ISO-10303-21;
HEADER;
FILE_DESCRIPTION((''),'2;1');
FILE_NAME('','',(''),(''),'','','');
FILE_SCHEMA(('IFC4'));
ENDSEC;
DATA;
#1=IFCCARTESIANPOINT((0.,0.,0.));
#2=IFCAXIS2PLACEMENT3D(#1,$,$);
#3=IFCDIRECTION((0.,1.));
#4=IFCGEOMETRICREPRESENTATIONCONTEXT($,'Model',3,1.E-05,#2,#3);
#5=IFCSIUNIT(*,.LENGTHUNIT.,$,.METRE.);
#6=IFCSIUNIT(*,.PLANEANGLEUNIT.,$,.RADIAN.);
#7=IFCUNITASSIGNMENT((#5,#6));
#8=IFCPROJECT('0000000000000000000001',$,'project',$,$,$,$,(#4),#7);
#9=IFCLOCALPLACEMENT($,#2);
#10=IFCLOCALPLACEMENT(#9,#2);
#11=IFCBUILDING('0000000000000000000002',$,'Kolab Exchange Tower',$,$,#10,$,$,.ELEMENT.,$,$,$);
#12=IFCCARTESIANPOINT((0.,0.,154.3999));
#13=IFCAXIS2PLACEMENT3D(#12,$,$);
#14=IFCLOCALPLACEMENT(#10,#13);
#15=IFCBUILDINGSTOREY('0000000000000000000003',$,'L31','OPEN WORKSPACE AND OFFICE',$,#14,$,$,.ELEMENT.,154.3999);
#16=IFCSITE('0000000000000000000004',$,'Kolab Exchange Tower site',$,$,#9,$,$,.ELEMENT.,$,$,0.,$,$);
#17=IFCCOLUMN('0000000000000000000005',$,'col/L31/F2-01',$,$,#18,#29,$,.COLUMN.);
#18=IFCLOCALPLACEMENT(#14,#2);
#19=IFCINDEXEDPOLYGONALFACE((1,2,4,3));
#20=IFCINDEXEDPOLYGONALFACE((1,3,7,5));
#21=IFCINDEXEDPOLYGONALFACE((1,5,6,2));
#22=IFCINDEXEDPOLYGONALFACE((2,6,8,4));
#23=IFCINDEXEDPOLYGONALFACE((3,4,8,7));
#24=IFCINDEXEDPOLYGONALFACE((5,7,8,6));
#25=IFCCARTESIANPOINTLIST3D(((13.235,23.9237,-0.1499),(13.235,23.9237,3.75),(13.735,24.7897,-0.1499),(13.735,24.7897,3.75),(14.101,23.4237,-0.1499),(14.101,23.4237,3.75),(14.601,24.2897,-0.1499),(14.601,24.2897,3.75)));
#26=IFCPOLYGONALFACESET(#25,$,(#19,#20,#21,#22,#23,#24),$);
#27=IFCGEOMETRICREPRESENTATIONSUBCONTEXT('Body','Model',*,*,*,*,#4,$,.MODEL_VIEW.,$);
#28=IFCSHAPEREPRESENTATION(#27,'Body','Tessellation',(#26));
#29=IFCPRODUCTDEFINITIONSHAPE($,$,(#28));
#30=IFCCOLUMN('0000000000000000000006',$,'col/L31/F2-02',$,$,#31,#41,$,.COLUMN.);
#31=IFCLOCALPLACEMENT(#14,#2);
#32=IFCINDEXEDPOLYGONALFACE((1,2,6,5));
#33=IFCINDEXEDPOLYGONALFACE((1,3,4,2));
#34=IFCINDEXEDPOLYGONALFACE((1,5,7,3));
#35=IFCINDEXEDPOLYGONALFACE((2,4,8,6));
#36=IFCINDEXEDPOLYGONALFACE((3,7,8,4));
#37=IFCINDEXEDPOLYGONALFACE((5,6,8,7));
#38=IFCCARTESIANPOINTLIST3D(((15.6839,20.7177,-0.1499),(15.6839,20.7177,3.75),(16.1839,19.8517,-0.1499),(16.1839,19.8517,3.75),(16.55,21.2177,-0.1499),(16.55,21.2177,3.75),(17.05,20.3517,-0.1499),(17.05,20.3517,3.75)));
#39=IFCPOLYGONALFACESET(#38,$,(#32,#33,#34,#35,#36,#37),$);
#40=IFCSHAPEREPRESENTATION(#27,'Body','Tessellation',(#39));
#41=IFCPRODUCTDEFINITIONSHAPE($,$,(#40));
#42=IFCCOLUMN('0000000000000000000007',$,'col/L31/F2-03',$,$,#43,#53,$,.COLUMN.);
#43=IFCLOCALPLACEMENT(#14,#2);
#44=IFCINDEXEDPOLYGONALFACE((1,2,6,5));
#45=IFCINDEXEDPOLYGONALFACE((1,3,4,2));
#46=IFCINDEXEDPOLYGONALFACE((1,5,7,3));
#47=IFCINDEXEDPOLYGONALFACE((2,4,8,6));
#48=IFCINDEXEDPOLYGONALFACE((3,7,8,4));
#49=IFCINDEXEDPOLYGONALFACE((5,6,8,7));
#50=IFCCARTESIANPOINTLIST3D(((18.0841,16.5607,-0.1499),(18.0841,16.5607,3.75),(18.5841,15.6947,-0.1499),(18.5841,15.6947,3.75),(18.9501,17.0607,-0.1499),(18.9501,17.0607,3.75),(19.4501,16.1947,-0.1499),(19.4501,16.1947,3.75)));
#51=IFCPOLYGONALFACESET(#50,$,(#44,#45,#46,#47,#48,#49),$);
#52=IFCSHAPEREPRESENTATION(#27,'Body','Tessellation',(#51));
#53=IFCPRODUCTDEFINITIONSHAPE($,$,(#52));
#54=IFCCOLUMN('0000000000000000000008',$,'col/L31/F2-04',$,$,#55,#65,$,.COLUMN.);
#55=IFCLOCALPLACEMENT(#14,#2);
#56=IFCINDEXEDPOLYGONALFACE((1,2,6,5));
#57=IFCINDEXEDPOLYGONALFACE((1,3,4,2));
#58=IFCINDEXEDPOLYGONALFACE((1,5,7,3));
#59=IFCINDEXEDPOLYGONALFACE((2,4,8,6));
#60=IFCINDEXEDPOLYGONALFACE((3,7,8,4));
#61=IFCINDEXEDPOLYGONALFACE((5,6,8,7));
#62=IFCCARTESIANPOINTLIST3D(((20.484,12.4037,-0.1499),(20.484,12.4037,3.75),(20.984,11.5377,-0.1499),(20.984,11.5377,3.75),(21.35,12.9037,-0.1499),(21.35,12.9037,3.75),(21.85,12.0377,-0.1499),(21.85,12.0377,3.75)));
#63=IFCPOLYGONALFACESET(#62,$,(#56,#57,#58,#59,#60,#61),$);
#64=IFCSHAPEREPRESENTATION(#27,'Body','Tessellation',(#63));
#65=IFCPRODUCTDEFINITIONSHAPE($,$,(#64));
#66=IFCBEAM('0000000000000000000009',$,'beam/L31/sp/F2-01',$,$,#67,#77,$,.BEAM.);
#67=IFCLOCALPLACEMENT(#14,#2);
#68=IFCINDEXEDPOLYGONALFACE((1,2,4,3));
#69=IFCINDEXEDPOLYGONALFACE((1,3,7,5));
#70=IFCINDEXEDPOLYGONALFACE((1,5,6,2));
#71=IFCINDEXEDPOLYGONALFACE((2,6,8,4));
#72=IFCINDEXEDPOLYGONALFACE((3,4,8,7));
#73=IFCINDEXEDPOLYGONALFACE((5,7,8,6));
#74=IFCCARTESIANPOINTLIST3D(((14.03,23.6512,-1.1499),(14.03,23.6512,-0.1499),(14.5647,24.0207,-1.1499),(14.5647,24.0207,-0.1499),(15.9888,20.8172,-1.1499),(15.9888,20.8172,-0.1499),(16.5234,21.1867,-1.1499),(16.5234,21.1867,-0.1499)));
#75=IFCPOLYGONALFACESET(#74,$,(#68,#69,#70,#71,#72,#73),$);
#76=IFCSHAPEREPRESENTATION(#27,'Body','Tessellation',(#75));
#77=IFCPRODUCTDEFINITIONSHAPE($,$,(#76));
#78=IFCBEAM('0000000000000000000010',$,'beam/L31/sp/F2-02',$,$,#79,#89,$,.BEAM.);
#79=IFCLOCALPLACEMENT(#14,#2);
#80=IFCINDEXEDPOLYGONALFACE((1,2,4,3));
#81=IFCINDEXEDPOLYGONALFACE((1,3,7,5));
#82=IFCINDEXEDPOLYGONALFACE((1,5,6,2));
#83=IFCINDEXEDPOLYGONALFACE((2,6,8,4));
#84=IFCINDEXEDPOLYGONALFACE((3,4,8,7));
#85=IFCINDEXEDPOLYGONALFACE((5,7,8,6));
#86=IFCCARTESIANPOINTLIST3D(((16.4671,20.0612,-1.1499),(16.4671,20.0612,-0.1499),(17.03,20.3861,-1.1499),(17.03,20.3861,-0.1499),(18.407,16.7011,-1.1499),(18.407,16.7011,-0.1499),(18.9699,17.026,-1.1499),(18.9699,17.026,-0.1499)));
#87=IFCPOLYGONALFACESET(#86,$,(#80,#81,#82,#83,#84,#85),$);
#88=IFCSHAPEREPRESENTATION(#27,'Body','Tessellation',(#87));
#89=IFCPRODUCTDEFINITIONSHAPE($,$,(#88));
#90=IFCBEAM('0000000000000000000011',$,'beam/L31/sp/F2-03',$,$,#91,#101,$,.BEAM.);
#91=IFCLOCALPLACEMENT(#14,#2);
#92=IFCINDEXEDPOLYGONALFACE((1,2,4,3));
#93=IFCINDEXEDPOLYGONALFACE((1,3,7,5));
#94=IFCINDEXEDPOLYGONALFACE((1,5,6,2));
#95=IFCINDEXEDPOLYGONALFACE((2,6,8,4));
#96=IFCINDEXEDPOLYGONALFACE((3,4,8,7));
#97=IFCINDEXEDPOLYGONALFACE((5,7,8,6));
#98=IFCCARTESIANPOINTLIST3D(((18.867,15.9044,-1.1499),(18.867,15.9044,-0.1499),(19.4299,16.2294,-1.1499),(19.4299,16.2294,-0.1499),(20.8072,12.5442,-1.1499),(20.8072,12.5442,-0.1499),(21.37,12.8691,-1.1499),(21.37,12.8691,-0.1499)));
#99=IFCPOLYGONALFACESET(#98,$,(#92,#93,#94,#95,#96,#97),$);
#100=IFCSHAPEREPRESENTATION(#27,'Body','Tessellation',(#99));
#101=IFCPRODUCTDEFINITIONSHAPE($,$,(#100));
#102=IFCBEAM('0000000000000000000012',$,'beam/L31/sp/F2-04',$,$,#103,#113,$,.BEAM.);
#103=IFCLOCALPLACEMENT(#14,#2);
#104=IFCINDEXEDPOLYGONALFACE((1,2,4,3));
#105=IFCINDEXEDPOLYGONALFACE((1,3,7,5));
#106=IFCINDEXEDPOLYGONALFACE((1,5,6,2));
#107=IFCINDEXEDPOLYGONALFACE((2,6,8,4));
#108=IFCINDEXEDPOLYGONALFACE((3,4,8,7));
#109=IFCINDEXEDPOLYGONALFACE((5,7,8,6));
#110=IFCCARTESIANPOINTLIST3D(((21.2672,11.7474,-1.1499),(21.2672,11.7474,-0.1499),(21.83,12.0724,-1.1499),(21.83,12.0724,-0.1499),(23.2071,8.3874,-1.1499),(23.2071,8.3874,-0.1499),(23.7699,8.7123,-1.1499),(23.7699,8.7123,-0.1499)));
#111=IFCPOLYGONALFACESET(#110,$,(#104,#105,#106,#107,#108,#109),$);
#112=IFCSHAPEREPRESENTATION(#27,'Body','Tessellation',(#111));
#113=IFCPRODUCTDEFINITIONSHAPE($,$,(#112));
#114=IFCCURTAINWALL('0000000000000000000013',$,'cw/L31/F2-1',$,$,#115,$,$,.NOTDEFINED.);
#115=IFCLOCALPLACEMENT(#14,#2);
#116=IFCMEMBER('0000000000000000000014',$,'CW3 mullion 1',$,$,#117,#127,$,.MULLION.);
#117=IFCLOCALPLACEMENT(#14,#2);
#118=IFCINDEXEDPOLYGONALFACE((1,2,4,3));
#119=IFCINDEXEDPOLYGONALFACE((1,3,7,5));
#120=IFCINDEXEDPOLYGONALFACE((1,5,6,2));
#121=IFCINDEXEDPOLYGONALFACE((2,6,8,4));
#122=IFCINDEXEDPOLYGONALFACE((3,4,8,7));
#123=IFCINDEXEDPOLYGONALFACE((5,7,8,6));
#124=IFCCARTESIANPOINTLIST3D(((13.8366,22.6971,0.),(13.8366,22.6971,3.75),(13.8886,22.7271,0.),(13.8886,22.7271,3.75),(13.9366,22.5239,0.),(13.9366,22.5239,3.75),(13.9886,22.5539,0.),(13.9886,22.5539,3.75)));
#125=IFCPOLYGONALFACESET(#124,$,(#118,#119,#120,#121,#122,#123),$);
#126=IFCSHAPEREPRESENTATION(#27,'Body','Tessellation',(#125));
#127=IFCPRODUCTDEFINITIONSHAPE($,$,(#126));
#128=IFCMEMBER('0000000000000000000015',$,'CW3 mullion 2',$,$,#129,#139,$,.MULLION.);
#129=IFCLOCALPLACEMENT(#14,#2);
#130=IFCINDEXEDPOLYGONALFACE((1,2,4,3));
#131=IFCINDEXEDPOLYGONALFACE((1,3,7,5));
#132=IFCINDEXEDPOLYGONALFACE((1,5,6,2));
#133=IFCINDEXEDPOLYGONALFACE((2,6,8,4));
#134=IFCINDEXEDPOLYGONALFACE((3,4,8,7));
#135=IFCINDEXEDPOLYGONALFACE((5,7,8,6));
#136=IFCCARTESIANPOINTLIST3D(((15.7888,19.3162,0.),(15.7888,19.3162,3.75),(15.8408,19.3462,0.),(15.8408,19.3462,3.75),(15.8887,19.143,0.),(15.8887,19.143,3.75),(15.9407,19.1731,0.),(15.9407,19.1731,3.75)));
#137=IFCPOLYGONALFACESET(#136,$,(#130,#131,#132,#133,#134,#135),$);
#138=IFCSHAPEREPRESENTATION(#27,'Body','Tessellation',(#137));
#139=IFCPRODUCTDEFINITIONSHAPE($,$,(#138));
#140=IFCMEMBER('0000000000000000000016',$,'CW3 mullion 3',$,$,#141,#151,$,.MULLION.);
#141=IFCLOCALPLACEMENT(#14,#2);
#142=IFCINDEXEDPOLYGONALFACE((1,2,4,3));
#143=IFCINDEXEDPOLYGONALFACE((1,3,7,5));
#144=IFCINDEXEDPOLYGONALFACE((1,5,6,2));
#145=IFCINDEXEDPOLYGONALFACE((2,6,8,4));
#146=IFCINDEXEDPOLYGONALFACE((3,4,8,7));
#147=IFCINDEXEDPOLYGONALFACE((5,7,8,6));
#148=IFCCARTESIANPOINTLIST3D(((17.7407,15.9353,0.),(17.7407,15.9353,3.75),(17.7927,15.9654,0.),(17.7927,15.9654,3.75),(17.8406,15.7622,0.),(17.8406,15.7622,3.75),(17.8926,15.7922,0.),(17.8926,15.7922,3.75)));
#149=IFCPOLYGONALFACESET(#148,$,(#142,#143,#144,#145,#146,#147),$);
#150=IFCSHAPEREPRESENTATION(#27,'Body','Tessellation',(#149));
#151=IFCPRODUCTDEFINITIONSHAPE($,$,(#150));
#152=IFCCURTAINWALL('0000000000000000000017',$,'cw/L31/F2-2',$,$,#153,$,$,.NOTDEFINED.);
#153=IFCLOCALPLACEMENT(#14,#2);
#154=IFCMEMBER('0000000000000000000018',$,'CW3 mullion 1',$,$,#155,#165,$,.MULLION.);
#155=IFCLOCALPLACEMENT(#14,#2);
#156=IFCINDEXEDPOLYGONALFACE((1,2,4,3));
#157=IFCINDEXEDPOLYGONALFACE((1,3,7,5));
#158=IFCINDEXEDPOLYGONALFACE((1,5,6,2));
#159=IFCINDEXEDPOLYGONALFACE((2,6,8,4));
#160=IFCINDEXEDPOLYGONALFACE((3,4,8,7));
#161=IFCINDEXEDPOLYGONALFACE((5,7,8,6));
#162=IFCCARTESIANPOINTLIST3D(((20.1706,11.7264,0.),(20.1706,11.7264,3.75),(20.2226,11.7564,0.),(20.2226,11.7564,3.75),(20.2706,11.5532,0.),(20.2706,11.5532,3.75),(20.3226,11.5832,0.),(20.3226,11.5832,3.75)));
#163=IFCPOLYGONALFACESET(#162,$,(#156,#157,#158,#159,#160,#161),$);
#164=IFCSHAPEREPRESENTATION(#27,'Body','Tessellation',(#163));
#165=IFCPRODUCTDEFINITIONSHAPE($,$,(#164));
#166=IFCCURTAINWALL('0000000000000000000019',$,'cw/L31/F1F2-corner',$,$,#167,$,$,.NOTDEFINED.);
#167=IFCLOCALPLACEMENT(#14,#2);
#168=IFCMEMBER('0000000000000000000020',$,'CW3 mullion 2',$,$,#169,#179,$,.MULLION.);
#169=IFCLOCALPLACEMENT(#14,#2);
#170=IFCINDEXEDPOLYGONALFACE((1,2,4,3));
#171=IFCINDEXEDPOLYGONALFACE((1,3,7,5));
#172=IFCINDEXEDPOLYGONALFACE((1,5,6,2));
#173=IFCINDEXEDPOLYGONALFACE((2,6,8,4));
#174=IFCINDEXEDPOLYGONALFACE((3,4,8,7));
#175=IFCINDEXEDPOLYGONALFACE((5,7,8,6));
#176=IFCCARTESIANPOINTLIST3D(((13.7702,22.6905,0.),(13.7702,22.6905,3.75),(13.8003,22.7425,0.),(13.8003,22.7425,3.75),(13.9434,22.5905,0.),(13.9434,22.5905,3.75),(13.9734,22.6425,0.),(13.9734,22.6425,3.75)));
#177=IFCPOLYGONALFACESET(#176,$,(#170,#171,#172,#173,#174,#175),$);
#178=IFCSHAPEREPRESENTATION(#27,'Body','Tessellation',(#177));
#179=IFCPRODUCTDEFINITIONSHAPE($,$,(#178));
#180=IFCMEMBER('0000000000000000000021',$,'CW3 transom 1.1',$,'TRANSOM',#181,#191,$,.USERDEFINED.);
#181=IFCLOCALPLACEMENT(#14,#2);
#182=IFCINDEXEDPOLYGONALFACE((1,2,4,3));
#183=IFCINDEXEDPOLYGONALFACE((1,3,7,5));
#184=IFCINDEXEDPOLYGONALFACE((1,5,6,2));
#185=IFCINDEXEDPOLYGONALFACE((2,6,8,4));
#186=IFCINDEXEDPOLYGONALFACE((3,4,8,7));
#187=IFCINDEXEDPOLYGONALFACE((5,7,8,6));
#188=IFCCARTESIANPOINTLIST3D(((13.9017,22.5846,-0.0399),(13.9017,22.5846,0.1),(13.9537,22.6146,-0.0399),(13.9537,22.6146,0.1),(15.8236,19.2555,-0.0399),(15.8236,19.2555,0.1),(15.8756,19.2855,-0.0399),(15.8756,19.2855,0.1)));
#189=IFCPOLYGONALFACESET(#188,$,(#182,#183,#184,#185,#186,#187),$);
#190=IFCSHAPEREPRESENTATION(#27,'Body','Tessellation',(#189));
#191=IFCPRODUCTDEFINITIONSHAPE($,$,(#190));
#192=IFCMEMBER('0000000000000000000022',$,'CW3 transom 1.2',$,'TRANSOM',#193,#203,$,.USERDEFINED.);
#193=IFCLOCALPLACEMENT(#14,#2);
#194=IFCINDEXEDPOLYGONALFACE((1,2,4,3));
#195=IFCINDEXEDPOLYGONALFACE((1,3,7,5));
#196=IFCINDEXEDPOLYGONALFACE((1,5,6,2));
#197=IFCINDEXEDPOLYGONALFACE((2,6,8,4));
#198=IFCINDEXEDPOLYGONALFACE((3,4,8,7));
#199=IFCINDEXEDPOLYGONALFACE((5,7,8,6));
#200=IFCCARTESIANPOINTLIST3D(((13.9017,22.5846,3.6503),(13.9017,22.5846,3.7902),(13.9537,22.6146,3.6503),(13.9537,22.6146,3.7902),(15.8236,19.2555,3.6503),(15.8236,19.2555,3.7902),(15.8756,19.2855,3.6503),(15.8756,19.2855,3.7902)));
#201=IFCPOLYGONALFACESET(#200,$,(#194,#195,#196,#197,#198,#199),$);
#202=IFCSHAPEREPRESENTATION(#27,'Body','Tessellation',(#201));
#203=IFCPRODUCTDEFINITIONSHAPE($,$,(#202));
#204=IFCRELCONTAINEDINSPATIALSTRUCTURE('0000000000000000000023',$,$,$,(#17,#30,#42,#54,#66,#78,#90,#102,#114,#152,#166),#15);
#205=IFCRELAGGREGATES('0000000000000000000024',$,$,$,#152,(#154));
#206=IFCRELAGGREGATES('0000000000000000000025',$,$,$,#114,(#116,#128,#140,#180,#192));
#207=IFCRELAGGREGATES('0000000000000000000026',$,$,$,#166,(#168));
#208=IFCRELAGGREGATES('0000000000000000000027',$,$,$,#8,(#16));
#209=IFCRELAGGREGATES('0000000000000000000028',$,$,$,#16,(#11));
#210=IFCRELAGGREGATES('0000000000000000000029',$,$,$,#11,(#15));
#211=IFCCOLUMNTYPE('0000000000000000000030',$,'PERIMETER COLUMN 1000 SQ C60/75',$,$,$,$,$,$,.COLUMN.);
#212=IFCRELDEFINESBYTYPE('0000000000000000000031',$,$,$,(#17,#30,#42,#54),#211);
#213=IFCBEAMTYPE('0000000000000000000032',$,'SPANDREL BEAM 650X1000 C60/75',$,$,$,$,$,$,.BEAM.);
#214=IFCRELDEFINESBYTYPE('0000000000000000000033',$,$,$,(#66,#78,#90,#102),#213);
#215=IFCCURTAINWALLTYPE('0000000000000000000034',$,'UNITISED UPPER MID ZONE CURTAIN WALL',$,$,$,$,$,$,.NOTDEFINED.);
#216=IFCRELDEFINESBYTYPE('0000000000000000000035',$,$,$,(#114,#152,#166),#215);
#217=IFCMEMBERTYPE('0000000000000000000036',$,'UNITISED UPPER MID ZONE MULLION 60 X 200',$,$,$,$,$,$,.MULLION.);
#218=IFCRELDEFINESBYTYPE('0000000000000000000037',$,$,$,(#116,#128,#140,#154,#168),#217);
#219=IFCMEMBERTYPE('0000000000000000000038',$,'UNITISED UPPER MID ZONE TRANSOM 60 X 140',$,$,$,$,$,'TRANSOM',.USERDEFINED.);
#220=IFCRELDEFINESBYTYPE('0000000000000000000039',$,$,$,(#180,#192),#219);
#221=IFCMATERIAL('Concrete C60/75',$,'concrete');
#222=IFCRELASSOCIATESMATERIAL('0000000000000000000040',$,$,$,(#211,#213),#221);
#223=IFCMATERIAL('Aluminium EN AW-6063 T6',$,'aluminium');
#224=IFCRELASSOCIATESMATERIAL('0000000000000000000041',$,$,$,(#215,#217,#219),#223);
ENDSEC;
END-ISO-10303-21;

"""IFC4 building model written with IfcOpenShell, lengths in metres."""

from ifc_helpers import new_model, si_unit, direction, frame, origin, origin_2d, place, context, subcontext, project, spatial, rectangle, extrude, material, material_profile, profile_set, type_object, element, aggregate, save


model = new_model("IFC4")

# Units and contexts
model_context = context("Model", 3, precision=1e-05, world=origin(), true_north=direction((0.0, 1.0)))
body_context = subcontext(model_context, "Body", "Model", "MODEL_VIEW")
ifc_project = project(units=[si_unit("LENGTHUNIT", "METRE"), si_unit("PLANEANGLEUNIT", "RADIAN")], contexts=[model_context])

# Site, building, storey
site_placement = place(None, origin())
site = spatial("IfcSite", under=ifc_project, at=site_placement, Name="Kolab Exchange Tower site", CompositionType="ELEMENT", RefElevation=0.0)
building_placement = place(site_placement, origin())
building = spatial("IfcBuilding", under=site, at=building_placement, Name="Kolab Exchange Tower", CompositionType="ELEMENT")
storey_placement = place(building_placement, frame((0.0, 0.0, 154.3999)))
storey = spatial("IfcBuildingStorey", under=building, at=storey_placement, Name="L31", Description="OPEN WORKSPACE AND OFFICE", CompositionType="ELEMENT", Elevation=154.3999)

# Columns
ifc_material_1 = material(Name="Concrete C60/75", Category="concrete")
ifc_material_profile_1 = material_profile(ifc_material_1, rectangle(XDim=1.0, YDim=1.0, at=origin_2d()), Name="RC1000")
ifc_profile_set_1 = profile_set([ifc_material_profile_1], Name="Concrete C60/75")
column_type = type_object("IfcColumnType", Name="PERIMETER COLUMN 1000 SQ C60/75", PredefinedType="COLUMN", material=ifc_profile_set_1)
for number, where, z_axis, x_axis, name in (
    (1, (13.918, 24.1067, -0.1499), (0.0, 0.0, 1.0), (0.5, 0.866025, 0.0), "col/L31/F2-01"),
    (2, (16.3669, 20.5347, -0.1499), (0.0, 0.0, 1.0), (0.866025, 0.5, 0.0), "col/L31/F2-02"),
    (3, (18.7671, 16.3777, -0.1499), (0.0, 0.0, 1.0), (0.866025, 0.5, 0.0), "col/L31/F2-03"),
    (4, (21.167, 12.2207, -0.1499), (0.0, 0.0, 1.0), (0.866025, 0.5, 0.0), "col/L31/F2-04"),
):
    element("IfcColumn", number, at=place(storey_placement, frame(where, z_axis=z_axis, x_axis=x_axis)), inside=storey, type_object=column_type, Name=name, PredefinedType="COLUMN", context=body_context, shape_type="SweptSolid", body=[
        extrude(rectangle(XDim=1.0, YDim=1.0, at=origin_2d()), origin(), (0.0, 0.0, 1.0), 3.8999),
    ])

# Beams
ifc_material_profile_2 = material_profile(ifc_material_1, rectangle(XDim=0.6499, YDim=1.0, at=origin_2d()), Name="RC650X1000")
ifc_profile_set_2 = profile_set([ifc_material_profile_2], Name="Concrete C60/75")
beam_type = type_object("IfcBeamType", Name="SPANDREL BEAM 650X1000 C60/75", PredefinedType="BEAM", material=ifc_profile_set_2)
beam_1_placement = place(storey_placement, frame((14.2974, 23.8359, -0.6499), z_axis=(0.568572, -0.822633, 0.0), x_axis=(0.822633, 0.568572, 0.0)))
element("IfcBeam", 5, at=beam_1_placement, inside=storey, type_object=beam_type, Name="beam/L31/sp/F2-01", PredefinedType="BEAM", context=body_context, shape_type="SweptSolid", body=[
    extrude(rectangle(XDim=0.6499, YDim=1.0, at=origin_2d()), origin(), (0.0, 0.0, 1.0), 3.4451),
])
beam_2_placement = place(storey_placement, frame((16.7485, 20.2236, -0.6499), z_axis=(0.499997, -0.866027, 0.0), x_axis=(0.866027, 0.499997, 0.0)))
element("IfcBeam", 6, at=beam_2_placement, inside=storey, type_object=beam_type, Name="beam/L31/sp/F2-02", PredefinedType="BEAM", context=body_context, shape_type="SweptSolid", body=[
    extrude(rectangle(XDim=0.6499, YDim=1.0, at=origin_2d()), origin(), (0.0, 0.0, 1.0), 3.8799),
])
beam_3_placement = place(storey_placement, frame((19.1484, 16.0669, -0.6499), z_axis=(0.500017, -0.866016, 0.0), x_axis=(0.866016, 0.500017, 0.0)))
element("IfcBeam", 7, at=beam_3_placement, inside=storey, type_object=beam_type, Name="beam/L31/sp/F2-03", PredefinedType="BEAM", context=body_context, shape_type="SweptSolid", body=[
    extrude(rectangle(XDim=0.6499, YDim=1.0, at=origin_2d()), origin(), (0.0, 0.0, 1.0), 3.8801),
])
beam_4_placement = place(storey_placement, frame((21.5486, 11.9099, -0.6499), z_axis=(0.499997, -0.866027, 0.0), x_axis=(0.866027, 0.499997, 0.0)))
element("IfcBeam", 8, at=beam_4_placement, inside=storey, type_object=beam_type, Name="beam/L31/sp/F2-04", PredefinedType="BEAM", context=body_context, shape_type="SweptSolid", body=[
    extrude(rectangle(XDim=0.6499, YDim=1.0, at=origin_2d()), origin(), (0.0, 0.0, 1.0), 3.8799),
])

# Curtain wall, members
ifc_material_2 = material(Name="Aluminium EN AW-6063 T6", Category="aluminium")
curtain_wall_type = type_object("IfcCurtainWallType", Name="UNITISED UPPER MID ZONE CURTAIN WALL", PredefinedType="NOTDEFINED", material=ifc_material_2)
curtain_wall_1_placement = place(storey_placement, origin())
curtain_wall_1 = element("IfcCurtainWall", 9, at=curtain_wall_1_placement, inside=storey, type_object=curtain_wall_type, Name="cw/L31/F2-1", PredefinedType="NOTDEFINED")
ifc_material_profile_3 = material_profile(ifc_material_2, rectangle(XDim=0.0601, YDim=0.2, at=origin_2d()), Name="RECT 60X200")
ifc_profile_set_3 = profile_set([ifc_material_profile_3], Name="Aluminium EN AW-6063 T6")
member_type_1 = type_object("IfcMemberType", Name="UNITISED UPPER MID ZONE MULLION 60 X 200", PredefinedType="MULLION", material=ifc_profile_set_3)
member_1_placement = place(storey_placement, frame((13.9126, 22.6255, 0.0), z_axis=(0.0, 0.0, 1.0), x_axis=(0.866025, 0.5, 0.0)))
member_1 = element("IfcMember", 10, at=member_1_placement, type_object=member_type_1, Name="CW3 mullion 1", PredefinedType="MULLION", context=body_context, shape_type="SweptSolid", body=[
    extrude(rectangle(XDim=0.0601, YDim=0.2, at=origin_2d()), origin(), (0.0, 0.0, 1.0), 3.75),
])
member_2_placement = place(storey_placement, frame((15.8647, 19.2446, 0.0), z_axis=(0.0, 0.0, 1.0), x_axis=(0.866025, 0.5, 0.0)))
member_2 = element("IfcMember", 11, at=member_2_placement, type_object=member_type_1, Name="CW3 mullion 2", PredefinedType="MULLION", context=body_context, shape_type="SweptSolid", body=[
    extrude(rectangle(XDim=0.0601, YDim=0.2, at=origin_2d()), origin(), (0.0, 0.0, 1.0), 3.75),
])
member_3_placement = place(storey_placement, frame((17.8167, 15.8638, 0.0), z_axis=(0.0, 0.0, 1.0), x_axis=(0.866025, 0.5, 0.0)))
member_3 = element("IfcMember", 12, at=member_3_placement, type_object=member_type_1, Name="CW3 mullion 3", PredefinedType="MULLION", context=body_context, shape_type="SweptSolid", body=[
    extrude(rectangle(XDim=0.0601, YDim=0.2, at=origin_2d()), origin(), (0.0, 0.0, 1.0), 3.75),
])

# Curtain walls, members
curtain_wall_2_placement = place(storey_placement, origin())
curtain_wall_2 = element("IfcCurtainWall", 13, at=curtain_wall_2_placement, inside=storey, type_object=curtain_wall_type, Name="cw/L31/F2-2", PredefinedType="NOTDEFINED")
member_4_placement = place(storey_placement, frame((20.2466, 11.6548, 0.0), z_axis=(0.0, 0.0, 1.0), x_axis=(0.866025, 0.5, 0.0)))
member_4 = element("IfcMember", 14, at=member_4_placement, type_object=member_type_1, Name="CW3 mullion 1", PredefinedType="MULLION", context=body_context, shape_type="SweptSolid", body=[
    extrude(rectangle(XDim=0.0601, YDim=0.2, at=origin_2d()), origin(), (0.0, 0.0, 1.0), 3.75),
])
aggregate(curtain_wall_2, [member_4])
curtain_wall_3_placement = place(storey_placement, origin())
curtain_wall_3 = element("IfcCurtainWall", 15, at=curtain_wall_3_placement, inside=storey, type_object=curtain_wall_type, Name="cw/L31/F1F2-corner", PredefinedType="NOTDEFINED")
member_5_placement = place(storey_placement, frame((13.8718, 22.6665, 0.0), z_axis=(0.0, 0.0, 1.0), x_axis=(0.5, 0.866025, 0.0)))
member_5 = element("IfcMember", 16, at=member_5_placement, type_object=member_type_1, Name="CW3 mullion 2", PredefinedType="MULLION", context=body_context, shape_type="SweptSolid", body=[
    extrude(rectangle(XDim=0.0601, YDim=0.2, at=origin_2d()), origin(), (0.0, 0.0, 1.0), 3.75),
])

# Members
ifc_material_profile_4 = material_profile(ifc_material_2, rectangle(XDim=0.0601, YDim=0.1399, at=origin_2d()), Name="RECT 60X140")
ifc_profile_set_4 = profile_set([ifc_material_profile_4], Name="Aluminium EN AW-6063 T6")
member_type_2 = type_object("IfcMemberType", Name="UNITISED UPPER MID ZONE TRANSOM 60 X 140", ElementType="TRANSOM", PredefinedType="USERDEFINED", material=ifc_profile_set_4)
member_6_placement = place(storey_placement, frame((13.9277, 22.5996, 0.03), z_axis=(0.499964, -0.866046, 0.0), x_axis=(0.866046, 0.499964, 0.0)))
member_6 = element("IfcMember", 17, at=member_6_placement, type_object=member_type_2, Name="CW3 transom 1.1", ObjectType="TRANSOM", PredefinedType="USERDEFINED", context=body_context, shape_type="SweptSolid", body=[
    extrude(rectangle(XDim=0.0601, YDim=0.1399, at=origin_2d()), origin(), (0.0, 0.0, 1.0), 3.844),
])
member_7_placement = place(storey_placement, frame((13.9277, 22.5996, 3.7202), z_axis=(0.499964, -0.866046, 0.0), x_axis=(0.866046, 0.499964, 0.0)))
member_7 = element("IfcMember", 18, at=member_7_placement, type_object=member_type_2, Name="CW3 transom 1.2", ObjectType="TRANSOM", PredefinedType="USERDEFINED", context=body_context, shape_type="SweptSolid", body=[
    extrude(rectangle(XDim=0.0601, YDim=0.1399, at=origin_2d()), origin(), (0.0, 0.0, 1.0), 3.844),
])

aggregate(curtain_wall_1, [member_1, member_2, member_3, member_6, member_7])
aggregate(curtain_wall_3, [member_5])

save(model, "model.ifc")
